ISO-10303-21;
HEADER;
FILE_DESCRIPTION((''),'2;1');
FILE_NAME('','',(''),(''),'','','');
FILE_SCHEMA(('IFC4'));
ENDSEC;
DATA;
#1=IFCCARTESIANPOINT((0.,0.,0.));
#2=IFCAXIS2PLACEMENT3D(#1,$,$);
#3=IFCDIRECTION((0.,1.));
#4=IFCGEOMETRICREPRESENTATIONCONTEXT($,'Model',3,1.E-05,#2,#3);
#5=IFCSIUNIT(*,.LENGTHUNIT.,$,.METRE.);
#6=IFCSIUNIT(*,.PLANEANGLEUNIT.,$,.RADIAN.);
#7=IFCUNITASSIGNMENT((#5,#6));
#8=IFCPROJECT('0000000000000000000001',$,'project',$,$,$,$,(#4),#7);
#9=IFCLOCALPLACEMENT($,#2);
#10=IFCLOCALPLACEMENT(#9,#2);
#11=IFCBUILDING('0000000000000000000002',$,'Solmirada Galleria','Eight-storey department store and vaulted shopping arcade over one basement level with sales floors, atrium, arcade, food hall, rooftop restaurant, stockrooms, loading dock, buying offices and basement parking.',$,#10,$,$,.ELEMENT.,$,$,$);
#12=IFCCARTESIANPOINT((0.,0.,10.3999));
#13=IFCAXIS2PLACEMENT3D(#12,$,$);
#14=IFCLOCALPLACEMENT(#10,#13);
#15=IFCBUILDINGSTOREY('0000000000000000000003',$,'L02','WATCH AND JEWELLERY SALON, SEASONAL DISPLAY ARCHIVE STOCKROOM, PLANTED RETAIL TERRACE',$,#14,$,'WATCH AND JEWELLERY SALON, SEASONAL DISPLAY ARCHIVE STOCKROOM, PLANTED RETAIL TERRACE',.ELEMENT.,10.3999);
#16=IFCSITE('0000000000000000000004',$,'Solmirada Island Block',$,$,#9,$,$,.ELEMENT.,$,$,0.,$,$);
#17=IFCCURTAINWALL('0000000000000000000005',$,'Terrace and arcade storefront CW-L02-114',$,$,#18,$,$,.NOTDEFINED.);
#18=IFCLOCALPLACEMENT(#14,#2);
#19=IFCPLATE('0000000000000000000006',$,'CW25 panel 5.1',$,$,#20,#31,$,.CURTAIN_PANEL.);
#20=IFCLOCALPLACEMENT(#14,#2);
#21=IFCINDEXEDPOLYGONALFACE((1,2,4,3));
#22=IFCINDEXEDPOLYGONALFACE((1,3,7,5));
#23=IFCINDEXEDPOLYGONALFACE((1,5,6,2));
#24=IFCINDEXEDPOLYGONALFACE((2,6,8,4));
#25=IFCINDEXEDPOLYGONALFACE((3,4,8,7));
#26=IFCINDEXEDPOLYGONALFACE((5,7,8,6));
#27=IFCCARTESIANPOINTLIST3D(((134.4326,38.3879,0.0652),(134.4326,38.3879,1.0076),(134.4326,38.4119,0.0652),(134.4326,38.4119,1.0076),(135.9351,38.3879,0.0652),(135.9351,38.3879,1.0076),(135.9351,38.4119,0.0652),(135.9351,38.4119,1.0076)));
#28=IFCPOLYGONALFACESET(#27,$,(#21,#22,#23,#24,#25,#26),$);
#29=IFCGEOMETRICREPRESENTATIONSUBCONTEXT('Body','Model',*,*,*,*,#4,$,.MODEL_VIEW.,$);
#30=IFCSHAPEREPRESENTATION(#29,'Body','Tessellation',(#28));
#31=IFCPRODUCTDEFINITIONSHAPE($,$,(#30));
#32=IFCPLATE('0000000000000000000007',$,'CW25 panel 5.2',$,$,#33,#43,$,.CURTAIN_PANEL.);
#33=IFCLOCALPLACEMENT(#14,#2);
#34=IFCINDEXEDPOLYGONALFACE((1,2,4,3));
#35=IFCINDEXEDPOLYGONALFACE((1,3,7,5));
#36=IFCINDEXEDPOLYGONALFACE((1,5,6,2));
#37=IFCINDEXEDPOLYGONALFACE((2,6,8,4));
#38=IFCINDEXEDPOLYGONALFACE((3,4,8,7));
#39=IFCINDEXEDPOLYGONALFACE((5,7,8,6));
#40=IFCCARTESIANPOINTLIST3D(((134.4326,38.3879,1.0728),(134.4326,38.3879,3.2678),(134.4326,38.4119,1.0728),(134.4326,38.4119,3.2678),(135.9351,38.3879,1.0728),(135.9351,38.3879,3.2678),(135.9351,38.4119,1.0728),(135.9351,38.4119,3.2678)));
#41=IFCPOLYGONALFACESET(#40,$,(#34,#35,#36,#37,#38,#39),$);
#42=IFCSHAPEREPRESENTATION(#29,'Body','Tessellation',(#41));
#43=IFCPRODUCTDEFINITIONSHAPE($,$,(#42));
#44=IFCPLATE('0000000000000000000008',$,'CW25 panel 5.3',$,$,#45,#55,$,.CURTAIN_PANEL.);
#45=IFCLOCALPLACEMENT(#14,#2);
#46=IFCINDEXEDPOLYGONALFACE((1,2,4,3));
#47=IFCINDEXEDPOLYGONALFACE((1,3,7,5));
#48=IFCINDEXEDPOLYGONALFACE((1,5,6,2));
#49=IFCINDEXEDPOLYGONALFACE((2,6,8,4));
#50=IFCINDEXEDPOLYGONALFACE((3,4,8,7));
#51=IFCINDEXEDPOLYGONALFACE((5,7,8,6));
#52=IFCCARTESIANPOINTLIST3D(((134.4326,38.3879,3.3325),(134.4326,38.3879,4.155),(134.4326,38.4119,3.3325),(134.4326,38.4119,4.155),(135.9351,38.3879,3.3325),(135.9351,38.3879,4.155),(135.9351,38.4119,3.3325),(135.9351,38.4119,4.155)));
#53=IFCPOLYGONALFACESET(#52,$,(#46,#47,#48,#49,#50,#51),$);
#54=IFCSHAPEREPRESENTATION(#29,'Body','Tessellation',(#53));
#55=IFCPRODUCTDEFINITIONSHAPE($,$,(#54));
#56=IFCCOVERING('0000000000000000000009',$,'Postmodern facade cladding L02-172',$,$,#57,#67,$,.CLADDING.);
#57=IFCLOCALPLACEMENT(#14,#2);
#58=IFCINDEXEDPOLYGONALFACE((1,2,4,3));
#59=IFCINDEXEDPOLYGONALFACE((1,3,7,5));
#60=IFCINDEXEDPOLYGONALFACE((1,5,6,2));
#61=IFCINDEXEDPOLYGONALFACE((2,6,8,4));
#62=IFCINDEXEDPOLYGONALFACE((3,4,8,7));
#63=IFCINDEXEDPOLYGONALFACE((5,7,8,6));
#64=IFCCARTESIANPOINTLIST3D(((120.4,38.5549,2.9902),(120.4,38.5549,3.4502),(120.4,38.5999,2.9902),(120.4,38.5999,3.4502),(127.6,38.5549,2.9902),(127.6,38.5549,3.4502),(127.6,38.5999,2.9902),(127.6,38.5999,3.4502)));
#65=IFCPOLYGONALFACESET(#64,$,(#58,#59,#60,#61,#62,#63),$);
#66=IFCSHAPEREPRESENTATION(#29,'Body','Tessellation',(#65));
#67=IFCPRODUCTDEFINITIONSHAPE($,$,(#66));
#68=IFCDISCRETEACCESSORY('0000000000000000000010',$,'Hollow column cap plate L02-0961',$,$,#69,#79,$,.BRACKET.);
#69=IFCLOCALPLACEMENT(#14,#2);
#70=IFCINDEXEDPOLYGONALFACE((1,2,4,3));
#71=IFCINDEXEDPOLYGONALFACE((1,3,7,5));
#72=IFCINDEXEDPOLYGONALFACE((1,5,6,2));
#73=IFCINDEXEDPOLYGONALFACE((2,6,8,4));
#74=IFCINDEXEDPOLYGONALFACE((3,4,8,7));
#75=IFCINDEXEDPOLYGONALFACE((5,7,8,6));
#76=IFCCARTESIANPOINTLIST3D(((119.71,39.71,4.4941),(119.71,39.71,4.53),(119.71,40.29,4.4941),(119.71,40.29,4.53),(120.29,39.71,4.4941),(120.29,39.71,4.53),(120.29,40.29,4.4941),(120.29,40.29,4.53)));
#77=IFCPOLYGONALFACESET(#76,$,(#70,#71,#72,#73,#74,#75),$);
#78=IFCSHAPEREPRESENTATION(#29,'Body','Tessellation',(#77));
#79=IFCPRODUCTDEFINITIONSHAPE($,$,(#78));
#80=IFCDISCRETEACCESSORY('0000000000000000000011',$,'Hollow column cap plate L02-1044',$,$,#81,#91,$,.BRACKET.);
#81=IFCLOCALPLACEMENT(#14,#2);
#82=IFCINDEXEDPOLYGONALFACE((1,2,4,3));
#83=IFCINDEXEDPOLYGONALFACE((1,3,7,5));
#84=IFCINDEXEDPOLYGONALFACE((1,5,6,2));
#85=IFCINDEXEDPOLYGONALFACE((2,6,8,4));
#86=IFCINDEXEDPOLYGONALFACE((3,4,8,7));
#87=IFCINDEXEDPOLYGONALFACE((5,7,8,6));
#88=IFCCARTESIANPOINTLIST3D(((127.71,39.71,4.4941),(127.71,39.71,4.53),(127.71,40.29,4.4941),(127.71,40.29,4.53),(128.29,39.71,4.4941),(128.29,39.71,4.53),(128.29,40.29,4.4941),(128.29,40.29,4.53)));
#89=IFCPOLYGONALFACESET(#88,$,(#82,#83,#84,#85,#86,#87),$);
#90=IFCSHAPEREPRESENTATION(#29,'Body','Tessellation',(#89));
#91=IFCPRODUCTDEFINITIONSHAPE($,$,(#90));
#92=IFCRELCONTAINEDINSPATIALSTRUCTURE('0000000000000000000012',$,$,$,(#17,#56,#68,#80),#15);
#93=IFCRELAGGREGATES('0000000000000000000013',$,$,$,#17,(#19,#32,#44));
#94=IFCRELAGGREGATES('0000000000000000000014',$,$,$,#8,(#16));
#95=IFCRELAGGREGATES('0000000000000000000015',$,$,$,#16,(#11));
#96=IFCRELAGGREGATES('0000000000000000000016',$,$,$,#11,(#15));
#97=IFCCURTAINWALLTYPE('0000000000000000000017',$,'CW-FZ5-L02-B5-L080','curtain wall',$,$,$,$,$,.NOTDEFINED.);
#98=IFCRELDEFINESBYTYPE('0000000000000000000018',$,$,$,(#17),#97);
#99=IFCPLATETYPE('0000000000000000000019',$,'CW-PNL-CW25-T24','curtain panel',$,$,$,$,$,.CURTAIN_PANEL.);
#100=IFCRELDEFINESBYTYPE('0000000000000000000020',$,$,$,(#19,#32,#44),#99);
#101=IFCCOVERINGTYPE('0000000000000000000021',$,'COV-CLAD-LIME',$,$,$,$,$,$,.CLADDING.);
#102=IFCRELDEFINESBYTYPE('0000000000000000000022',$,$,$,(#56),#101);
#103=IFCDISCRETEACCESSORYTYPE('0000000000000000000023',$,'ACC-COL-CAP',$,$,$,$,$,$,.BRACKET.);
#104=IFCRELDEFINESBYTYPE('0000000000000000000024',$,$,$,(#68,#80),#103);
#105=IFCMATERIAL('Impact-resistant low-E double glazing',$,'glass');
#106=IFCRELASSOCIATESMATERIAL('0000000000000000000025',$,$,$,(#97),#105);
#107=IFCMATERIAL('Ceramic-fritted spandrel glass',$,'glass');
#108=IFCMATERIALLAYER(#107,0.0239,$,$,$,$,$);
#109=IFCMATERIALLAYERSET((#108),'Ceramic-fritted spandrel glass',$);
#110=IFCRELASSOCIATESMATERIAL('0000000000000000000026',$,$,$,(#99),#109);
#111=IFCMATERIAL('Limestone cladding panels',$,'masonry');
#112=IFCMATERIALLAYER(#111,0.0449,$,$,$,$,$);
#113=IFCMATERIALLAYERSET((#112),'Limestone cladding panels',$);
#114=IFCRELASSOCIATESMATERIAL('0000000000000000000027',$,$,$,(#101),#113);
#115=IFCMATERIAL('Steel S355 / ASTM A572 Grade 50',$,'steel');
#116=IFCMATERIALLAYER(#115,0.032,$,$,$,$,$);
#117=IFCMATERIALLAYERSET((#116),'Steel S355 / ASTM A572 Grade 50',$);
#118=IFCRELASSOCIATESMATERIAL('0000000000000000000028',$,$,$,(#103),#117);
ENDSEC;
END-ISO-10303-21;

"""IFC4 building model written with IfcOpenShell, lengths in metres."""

from ifc_helpers import new_model, si_unit, direction, frame, origin, origin_2d, place, context, subcontext, project, spatial, rectangle, extrude, material, layer, layer_set, type_object, element, aggregate, save


model = new_model("IFC4")

# Units and contexts
model_context = context("Model", 3, precision=1e-05, world=origin(), true_north=direction((0.0, 1.0)))
body_context = subcontext(model_context, "Body", "Model", "MODEL_VIEW")
ifc_project = project(units=[si_unit("LENGTHUNIT", "METRE"), si_unit("PLANEANGLEUNIT", "RADIAN")], contexts=[model_context])

# Site, building, storey
site_placement = place(None, origin())
site = spatial("IfcSite", under=ifc_project, at=site_placement, Name="Solmirada Island Block", CompositionType="ELEMENT", RefElevation=0.0)
building_placement = place(site_placement, origin())
building = spatial("IfcBuilding", under=site, at=building_placement, Name="Solmirada Galleria", Description="Eight-storey department store and vaulted shopping arcade over one basement level with sales floors, atrium, arcade, food hall, rooftop restaurant, stockrooms, loading dock, buying offices and basement parking.", CompositionType="ELEMENT")
storey_placement = place(building_placement, frame((0.0, 0.0, 10.3999)))
storey = spatial("IfcBuildingStorey", under=building, at=storey_placement, Name="L02", Description="WATCH AND JEWELLERY SALON, SEASONAL DISPLAY ARCHIVE STOCKROOM, PLANTED RETAIL TERRACE", LongName="WATCH AND JEWELLERY SALON, SEASONAL DISPLAY ARCHIVE STOCKROOM, PLANTED RETAIL TERRACE", CompositionType="ELEMENT", Elevation=10.3999)

# Curtain wall
ifc_material_1 = material(Name="Impact-resistant low-E double glazing", Category="glass")
curtain_wall_type_1 = type_object("IfcCurtainWallType", Name="CW-FZ5-L02-B5-L080", Description="curtain wall", PredefinedType="NOTDEFINED", material=ifc_material_1)
curtain_wall_1_placement = place(storey_placement, origin())
curtain_wall_1 = element("IfcCurtainWall", 1, at=curtain_wall_1_placement, inside=storey, type_object=curtain_wall_type_1, Name="Terrace and arcade storefront CW-L02-114", PredefinedType="NOTDEFINED")

# Plates
ifc_material_2 = material(Name="Ceramic-fritted spandrel glass", Category="glass")
ifc_layer_1 = layer(ifc_material_2, 0.0239)
ifc_layer_set_1 = layer_set([ifc_layer_1], Name="Ceramic-fritted spandrel glass")
plate_type_1 = type_object("IfcPlateType", Name="CW-PNL-CW25-T24", Description="curtain panel", PredefinedType="CURTAIN_PANEL", material=ifc_layer_set_1)
plate_1_placement = place(storey_placement, frame((135.1838, 38.3999, 0.0652), z_axis=(0.0, 0.0, 1.0), x_axis=(1.0, 0.0, 0.0)))
plate_1 = element("IfcPlate", 2, at=plate_1_placement, type_object=plate_type_1, Name="CW25 panel 5.1", PredefinedType="CURTAIN_PANEL", context=body_context, shape_type="SweptSolid", body=[
    extrude(rectangle(XDim=1.5024, YDim=0.0239, at=origin_2d()), origin(), (0.0, 0.0, 1.0), 0.9424),
])
plate_2_placement = place(storey_placement, frame((135.1838, 38.3999, 1.0728), z_axis=(0.0, 0.0, 1.0), x_axis=(1.0, 0.0, 0.0)))
plate_2 = element("IfcPlate", 3, at=plate_2_placement, type_object=plate_type_1, Name="CW25 panel 5.2", PredefinedType="CURTAIN_PANEL", context=body_context, shape_type="SweptSolid", body=[
    extrude(rectangle(XDim=1.5024, YDim=0.0239, at=origin_2d()), origin(), (0.0, 0.0, 1.0), 2.1951),
])
plate_3_placement = place(storey_placement, frame((135.1838, 38.3999, 3.3325), z_axis=(0.0, 0.0, 1.0), x_axis=(1.0, 0.0, 0.0)))
plate_3 = element("IfcPlate", 4, at=plate_3_placement, type_object=plate_type_1, Name="CW25 panel 5.3", PredefinedType="CURTAIN_PANEL", context=body_context, shape_type="SweptSolid", body=[
    extrude(rectangle(XDim=1.5024, YDim=0.0239, at=origin_2d()), origin(), (0.0, 0.0, 1.0), 0.8225),
])
aggregate(curtain_wall_1, [plate_1, plate_2, plate_3])

# Covering
ifc_material_3 = material(Name="Limestone cladding panels", Category="masonry")
ifc_layer_2 = layer(ifc_material_3, 0.0449)
ifc_layer_set_2 = layer_set([ifc_layer_2], Name="Limestone cladding panels")
covering_type = type_object("IfcCoveringType", Name="COV-CLAD-LIME", PredefinedType="CLADDING", material=ifc_layer_set_2)
covering_placement = place(storey_placement, frame((124.0, 38.5774, 2.9902), z_axis=(0.0, 0.0, 1.0), x_axis=(1.0, 0.0, 0.0)))
element("IfcCovering", 5, at=covering_placement, inside=storey, type_object=covering_type, Name="Postmodern facade cladding L02-172", PredefinedType="CLADDING", context=body_context, shape_type="SweptSolid", body=[
    extrude(rectangle(XDim=7.2, YDim=0.0449, at=origin_2d()), origin(), (0.0, 0.0, 1.0), 0.46),
])

# Discrete accessories
ifc_material_4 = material(Name="Steel S355 / ASTM A572 Grade 50", Category="steel")
ifc_layer_3 = layer(ifc_material_4, 0.032)
ifc_layer_set_3 = layer_set([ifc_layer_3], Name="Steel S355 / ASTM A572 Grade 50")
discrete_accessory_type = type_object("IfcDiscreteAccessoryType", Name="ACC-COL-CAP", PredefinedType="BRACKET", material=ifc_layer_set_3)
for number, where, z_axis, x_axis, name in (
    (6, (120.0, 40.0, 4.4941), (0.0, 0.0, 1.0), (1.0, 0.0, 0.0), "Hollow column cap plate L02-0961"),
    (7, (128.0, 40.0, 4.4941), (0.0, 0.0, 1.0), (1.0, 0.0, 0.0), "Hollow column cap plate L02-1044"),
):
    element("IfcDiscreteAccessory", number, at=place(storey_placement, frame(where, z_axis=z_axis, x_axis=x_axis)), inside=storey, type_object=discrete_accessory_type, Name=name, PredefinedType="BRACKET", context=body_context, shape_type="SweptSolid", body=[
        extrude(rectangle(XDim=0.5801, YDim=0.5801, at=origin_2d()), origin(), (0.0, 0.0, 1.0), 0.0359),
    ])

save(model, "model.ifc")
